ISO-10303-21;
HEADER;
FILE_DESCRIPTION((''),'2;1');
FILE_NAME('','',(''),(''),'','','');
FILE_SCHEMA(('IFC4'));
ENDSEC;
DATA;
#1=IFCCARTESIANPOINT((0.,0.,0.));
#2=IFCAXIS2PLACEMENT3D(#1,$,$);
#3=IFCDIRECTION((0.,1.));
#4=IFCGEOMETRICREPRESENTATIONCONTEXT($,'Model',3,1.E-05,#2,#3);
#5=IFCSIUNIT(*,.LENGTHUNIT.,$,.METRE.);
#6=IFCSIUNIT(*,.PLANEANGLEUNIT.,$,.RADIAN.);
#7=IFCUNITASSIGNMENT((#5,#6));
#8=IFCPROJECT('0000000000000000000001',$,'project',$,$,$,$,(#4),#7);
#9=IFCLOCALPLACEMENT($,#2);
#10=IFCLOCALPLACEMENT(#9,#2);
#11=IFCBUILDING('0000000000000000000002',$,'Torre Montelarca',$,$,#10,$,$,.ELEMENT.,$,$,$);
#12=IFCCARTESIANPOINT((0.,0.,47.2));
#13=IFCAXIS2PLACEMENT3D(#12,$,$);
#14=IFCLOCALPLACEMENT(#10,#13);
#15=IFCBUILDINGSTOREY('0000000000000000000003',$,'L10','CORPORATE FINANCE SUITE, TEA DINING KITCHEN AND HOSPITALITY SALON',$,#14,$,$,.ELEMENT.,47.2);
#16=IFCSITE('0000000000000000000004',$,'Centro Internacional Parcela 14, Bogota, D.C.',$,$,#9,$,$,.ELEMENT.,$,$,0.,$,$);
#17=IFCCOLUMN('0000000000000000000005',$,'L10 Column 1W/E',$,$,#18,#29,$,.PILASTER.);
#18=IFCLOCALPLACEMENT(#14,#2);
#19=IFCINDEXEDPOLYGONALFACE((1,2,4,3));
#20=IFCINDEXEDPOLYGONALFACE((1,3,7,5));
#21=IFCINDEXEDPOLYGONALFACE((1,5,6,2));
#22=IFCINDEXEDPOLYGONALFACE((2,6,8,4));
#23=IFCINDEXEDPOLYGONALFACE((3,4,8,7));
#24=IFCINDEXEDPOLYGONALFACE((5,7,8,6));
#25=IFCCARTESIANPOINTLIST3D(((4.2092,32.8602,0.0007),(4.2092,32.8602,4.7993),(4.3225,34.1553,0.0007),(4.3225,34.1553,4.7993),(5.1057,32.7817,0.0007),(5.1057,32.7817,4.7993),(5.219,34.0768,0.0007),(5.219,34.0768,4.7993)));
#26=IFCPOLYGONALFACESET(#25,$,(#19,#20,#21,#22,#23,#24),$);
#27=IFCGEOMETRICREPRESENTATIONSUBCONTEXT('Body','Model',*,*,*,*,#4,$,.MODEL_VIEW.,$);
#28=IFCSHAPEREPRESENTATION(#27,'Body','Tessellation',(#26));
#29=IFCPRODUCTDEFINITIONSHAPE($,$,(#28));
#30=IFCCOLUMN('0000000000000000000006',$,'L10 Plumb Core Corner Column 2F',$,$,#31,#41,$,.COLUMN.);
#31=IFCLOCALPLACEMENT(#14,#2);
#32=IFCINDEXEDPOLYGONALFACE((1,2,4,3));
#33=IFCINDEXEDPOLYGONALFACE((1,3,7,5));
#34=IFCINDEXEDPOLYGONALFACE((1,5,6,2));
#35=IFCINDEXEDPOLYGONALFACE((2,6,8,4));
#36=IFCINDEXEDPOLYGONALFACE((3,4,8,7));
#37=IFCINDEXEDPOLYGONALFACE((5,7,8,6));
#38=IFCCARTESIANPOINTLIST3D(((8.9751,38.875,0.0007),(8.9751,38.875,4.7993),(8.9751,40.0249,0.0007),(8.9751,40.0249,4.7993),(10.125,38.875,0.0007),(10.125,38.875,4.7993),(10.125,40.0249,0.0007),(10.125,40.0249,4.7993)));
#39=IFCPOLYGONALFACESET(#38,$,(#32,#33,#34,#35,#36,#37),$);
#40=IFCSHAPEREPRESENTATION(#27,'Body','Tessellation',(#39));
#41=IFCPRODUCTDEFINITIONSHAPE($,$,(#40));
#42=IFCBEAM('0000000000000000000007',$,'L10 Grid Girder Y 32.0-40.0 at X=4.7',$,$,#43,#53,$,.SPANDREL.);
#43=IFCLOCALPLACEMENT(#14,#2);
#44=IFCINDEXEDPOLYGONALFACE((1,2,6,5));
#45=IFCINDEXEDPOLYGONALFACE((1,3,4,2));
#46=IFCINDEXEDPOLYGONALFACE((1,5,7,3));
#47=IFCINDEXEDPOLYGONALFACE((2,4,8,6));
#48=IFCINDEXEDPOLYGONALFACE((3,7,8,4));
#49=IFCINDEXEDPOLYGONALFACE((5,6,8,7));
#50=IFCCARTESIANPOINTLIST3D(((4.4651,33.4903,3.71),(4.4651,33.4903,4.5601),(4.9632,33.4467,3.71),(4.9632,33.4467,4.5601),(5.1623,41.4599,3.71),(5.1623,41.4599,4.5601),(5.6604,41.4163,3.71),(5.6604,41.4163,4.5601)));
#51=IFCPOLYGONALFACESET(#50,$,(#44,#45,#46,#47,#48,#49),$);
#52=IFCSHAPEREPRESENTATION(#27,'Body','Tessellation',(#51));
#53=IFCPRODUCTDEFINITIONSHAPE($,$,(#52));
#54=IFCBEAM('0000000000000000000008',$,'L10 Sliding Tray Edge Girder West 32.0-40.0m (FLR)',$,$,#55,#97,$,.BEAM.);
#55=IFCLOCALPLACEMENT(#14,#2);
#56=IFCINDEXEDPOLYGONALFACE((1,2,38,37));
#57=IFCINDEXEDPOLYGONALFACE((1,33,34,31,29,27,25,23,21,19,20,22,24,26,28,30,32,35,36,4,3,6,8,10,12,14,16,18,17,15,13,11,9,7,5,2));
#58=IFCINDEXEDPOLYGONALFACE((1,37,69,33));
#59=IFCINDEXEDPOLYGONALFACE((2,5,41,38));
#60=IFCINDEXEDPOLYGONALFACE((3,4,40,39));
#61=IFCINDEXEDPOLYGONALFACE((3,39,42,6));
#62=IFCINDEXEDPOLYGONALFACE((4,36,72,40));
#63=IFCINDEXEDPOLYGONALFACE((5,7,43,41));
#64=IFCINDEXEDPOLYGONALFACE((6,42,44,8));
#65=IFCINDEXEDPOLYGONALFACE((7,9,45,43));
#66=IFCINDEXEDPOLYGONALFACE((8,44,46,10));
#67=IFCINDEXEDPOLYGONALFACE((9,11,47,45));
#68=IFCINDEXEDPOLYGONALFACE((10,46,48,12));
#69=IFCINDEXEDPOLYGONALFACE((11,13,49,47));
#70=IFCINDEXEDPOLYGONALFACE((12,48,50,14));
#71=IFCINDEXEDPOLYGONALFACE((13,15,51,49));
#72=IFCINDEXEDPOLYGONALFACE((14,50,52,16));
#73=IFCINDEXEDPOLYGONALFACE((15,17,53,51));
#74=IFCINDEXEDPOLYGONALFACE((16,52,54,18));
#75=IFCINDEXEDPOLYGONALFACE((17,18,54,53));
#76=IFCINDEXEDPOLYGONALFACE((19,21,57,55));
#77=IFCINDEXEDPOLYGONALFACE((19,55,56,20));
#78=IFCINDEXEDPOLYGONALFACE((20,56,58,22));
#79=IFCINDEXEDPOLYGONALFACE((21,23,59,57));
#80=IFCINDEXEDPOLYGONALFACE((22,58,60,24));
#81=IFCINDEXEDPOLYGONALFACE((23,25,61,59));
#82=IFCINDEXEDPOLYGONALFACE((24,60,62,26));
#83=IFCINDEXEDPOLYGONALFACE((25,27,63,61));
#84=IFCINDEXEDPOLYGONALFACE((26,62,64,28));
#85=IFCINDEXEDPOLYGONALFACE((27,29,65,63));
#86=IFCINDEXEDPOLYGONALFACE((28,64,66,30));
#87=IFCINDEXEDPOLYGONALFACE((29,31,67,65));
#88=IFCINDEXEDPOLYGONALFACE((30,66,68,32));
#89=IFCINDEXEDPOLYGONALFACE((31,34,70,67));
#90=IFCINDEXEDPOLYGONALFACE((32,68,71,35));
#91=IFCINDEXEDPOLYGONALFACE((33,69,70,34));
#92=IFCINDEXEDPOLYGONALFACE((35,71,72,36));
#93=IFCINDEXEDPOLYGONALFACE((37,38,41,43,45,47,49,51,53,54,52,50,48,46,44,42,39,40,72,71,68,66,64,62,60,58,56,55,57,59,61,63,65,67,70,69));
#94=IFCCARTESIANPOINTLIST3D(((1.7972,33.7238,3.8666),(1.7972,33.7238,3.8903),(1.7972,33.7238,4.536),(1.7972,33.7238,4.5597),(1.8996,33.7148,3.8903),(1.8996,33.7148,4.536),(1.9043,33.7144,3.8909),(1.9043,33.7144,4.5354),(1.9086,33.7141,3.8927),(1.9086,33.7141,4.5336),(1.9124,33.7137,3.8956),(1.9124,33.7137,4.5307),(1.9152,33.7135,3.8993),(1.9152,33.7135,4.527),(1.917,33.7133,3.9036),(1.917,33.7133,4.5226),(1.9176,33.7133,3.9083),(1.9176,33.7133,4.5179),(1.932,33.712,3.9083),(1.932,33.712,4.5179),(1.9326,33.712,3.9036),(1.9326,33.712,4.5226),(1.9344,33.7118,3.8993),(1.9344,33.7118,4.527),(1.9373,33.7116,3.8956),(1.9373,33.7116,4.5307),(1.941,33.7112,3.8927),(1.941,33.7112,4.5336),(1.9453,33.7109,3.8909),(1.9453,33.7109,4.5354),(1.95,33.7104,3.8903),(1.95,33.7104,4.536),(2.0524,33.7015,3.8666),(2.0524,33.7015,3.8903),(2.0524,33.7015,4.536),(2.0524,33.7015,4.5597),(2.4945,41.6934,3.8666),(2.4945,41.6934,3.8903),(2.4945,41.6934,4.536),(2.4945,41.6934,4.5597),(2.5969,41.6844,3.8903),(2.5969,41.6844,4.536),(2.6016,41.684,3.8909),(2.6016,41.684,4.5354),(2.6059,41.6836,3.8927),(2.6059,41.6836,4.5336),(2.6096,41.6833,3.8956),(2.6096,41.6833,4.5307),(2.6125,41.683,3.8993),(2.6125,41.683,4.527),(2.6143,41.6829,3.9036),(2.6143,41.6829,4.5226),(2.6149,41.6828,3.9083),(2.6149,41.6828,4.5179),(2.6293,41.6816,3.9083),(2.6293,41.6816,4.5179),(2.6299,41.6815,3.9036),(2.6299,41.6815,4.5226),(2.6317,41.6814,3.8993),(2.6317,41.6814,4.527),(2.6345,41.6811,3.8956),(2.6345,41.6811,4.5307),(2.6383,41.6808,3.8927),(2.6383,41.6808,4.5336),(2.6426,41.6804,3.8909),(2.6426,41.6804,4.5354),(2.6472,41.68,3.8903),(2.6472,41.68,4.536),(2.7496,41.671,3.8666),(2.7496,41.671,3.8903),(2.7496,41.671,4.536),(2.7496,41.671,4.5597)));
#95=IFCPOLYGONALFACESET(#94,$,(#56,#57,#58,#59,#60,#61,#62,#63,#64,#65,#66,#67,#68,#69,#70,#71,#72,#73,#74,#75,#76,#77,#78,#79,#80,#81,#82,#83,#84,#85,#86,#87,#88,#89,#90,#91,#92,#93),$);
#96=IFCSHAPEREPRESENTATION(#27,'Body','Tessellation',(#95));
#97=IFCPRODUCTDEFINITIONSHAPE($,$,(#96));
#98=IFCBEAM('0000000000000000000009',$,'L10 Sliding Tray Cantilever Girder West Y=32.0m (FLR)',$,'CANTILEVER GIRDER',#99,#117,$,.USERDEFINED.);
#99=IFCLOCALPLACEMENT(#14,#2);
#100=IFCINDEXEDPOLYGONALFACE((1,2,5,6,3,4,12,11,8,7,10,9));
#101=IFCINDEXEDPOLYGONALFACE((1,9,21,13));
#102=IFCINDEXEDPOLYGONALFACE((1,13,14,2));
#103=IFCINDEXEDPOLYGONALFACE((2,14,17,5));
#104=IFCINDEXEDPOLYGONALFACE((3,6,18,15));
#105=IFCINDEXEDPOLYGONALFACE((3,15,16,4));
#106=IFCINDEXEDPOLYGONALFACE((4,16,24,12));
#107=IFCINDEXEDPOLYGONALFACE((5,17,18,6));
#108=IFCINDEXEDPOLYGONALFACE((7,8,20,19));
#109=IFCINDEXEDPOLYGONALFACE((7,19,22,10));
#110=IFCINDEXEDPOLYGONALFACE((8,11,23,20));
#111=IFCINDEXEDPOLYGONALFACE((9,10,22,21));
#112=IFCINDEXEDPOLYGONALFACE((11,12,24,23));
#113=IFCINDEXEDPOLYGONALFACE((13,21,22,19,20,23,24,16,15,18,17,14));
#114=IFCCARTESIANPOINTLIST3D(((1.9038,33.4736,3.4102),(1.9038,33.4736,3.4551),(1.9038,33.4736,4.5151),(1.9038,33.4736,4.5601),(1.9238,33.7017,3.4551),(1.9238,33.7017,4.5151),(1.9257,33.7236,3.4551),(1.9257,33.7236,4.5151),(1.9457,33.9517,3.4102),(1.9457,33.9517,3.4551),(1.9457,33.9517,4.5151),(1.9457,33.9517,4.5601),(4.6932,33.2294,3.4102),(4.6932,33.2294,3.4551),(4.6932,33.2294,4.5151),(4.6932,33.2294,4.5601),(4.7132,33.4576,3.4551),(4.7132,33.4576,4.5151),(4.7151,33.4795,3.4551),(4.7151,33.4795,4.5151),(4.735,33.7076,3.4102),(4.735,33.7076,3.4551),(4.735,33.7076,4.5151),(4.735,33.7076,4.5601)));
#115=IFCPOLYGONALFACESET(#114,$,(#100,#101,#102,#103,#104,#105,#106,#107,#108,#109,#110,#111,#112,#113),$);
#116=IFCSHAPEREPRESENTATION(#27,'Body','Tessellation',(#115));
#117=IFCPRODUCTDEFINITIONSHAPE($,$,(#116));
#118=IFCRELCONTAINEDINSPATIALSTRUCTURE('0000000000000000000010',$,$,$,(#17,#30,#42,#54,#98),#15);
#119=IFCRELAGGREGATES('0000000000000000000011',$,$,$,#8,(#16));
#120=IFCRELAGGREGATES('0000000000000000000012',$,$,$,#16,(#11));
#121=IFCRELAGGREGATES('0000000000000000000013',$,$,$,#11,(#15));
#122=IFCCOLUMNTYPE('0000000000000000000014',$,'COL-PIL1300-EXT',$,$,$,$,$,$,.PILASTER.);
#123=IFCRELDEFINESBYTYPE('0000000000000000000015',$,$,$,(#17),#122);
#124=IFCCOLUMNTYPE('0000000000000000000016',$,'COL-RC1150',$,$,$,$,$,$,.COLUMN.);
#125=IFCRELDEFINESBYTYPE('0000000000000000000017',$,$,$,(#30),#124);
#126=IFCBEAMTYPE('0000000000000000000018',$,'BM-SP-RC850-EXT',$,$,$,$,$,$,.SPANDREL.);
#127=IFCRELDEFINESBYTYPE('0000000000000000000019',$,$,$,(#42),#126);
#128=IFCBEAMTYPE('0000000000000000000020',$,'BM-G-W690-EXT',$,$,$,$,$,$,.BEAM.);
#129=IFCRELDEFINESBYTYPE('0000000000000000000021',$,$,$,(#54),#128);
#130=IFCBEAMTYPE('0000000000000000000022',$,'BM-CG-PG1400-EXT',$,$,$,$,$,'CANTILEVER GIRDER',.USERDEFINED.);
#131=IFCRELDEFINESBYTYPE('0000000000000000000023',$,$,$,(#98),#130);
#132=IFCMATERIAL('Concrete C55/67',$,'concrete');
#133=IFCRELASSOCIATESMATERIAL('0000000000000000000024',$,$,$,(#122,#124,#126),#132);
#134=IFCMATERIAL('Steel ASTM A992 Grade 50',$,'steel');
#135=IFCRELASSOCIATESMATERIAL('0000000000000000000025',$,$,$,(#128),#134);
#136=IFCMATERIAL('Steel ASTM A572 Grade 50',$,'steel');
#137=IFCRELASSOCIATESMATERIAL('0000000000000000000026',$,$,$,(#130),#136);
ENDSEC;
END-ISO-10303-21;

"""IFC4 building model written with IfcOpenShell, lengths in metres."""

from ifc_helpers import new_model, si_unit, direction, frame, origin, origin_2d, place, context, subcontext, project, spatial, rectangle, i_section, extrude, source, transform, mapped, material, material_profile, profile_set, type_object, element, save


model = new_model("IFC4")

# Units and contexts
model_context = context("Model", 3, precision=1e-05, world=origin(), true_north=direction((0.0, 1.0)))
body_context = subcontext(model_context, "Body", "Model", "MODEL_VIEW")
ifc_project = project(units=[si_unit("LENGTHUNIT", "METRE"), si_unit("PLANEANGLEUNIT", "RADIAN")], contexts=[model_context])

# Site, building, storey
site_placement = place(None, origin())
site = spatial("IfcSite", under=ifc_project, at=site_placement, Name="Centro Internacional Parcela 14, Bogota, D.C.", CompositionType="ELEMENT", RefElevation=0.0)
building_placement = place(site_placement, origin())
building = spatial("IfcBuilding", under=site, at=building_placement, Name="Torre Montelarca", CompositionType="ELEMENT")
storey_placement = place(building_placement, frame((0.0, 0.0, 47.2)))
storey = spatial("IfcBuildingStorey", under=building, at=storey_placement, Name="L10", Description="CORPORATE FINANCE SUITE, TEA DINING KITCHEN AND HOSPITALITY SALON", CompositionType="ELEMENT", Elevation=47.2)

# Columns
ifc_material_1 = material(Name="Concrete C55/67", Category="concrete")
ifc_material_profile_1 = material_profile(ifc_material_1, rectangle(XDim=0.8999, YDim=1.3, at=origin_2d()), Name="RC1300X900", Category="concrete")
ifc_profile_set_1 = profile_set([ifc_material_profile_1], Name="Concrete C55/67")
column_type_1 = type_object("IfcColumnType", Name="COL-PIL1300-EXT", PredefinedType="PILASTER", material=ifc_profile_set_1)
shared_shape_1 = source(origin(), body_context, "Body", "SweptSolid", [
    extrude(rectangle(XDim=0.8999, YDim=1.3, at=origin_2d()), origin(), (0.0, 0.0, 1.0), 4.7986),
])
column_1_placement = place(storey_placement, frame((4.7141, 33.4685, 0.0007), z_axis=(0.0, 0.0, 1.0), x_axis=(-0.996195, 0.087156, 0.0)))
element("IfcColumn", 1, at=column_1_placement, inside=storey, type_object=column_type_1, Name="L10 Column 1W/E", PredefinedType="PILASTER", context=body_context, shape_type="MappedRepresentation", body=[
    mapped(shared_shape_1, transform((0.0, 0.0, 0.0), scale=1.0)),
])
ifc_material_profile_2 = material_profile(ifc_material_1, rectangle(XDim=1.1499, YDim=1.1499, at=origin_2d()), Name="RC1150X1150", Category="concrete")
ifc_profile_set_2 = profile_set([ifc_material_profile_2], Name="Concrete C55/67")
column_type_2 = type_object("IfcColumnType", Name="COL-RC1150", PredefinedType="COLUMN", material=ifc_profile_set_2)
shared_shape_2 = source(origin(), body_context, "Body", "SweptSolid", [
    extrude(rectangle(XDim=1.1499, YDim=1.1499, at=origin_2d()), origin(), (0.0, 0.0, 1.0), 4.7986),
])
column_2_placement = place(storey_placement, frame((9.55, 39.45, 0.0007), z_axis=(0.0, 0.0, 1.0), x_axis=(1.0, 0.0, 0.0)))
element("IfcColumn", 2, at=column_2_placement, inside=storey, type_object=column_type_2, Name="L10 Plumb Core Corner Column 2F", PredefinedType="COLUMN", context=body_context, shape_type="MappedRepresentation", body=[
    mapped(shared_shape_2, transform((0.0, 0.0, 0.0), scale=1.0)),
])

# Beams
ifc_material_profile_3 = material_profile(ifc_material_1, rectangle(XDim=0.5, YDim=0.8501, at=origin_2d()), Name="RCB500X850", Category="concrete")
ifc_profile_set_3 = profile_set([ifc_material_profile_3], Name="Concrete C55/67")
beam_type_1 = type_object("IfcBeamType", Name="BM-SP-RC850-EXT", PredefinedType="SPANDREL", material=ifc_profile_set_3)
shared_shape_3 = source(origin(), body_context, "Body", "SweptSolid", [
    extrude(rectangle(XDim=0.5, YDim=0.8501, at=origin_2d()), origin(), (0.0, 0.0, 1.0), 8.0),
])
beam_1_placement = place(storey_placement, frame((4.7141, 33.4685, 4.135), z_axis=(0.087159, 0.996194, 0.0), x_axis=(-0.996194, 0.087159, 0.0)))
element("IfcBeam", 3, at=beam_1_placement, inside=storey, type_object=beam_type_1, Name="L10 Grid Girder Y 32.0-40.0 at X=4.7", PredefinedType="SPANDREL", context=body_context, shape_type="MappedRepresentation", body=[
    mapped(shared_shape_3, transform((0.0, 0.0, 0.0), scale=1.0)),
])
ifc_material_2 = material(Name="Steel ASTM A992 Grade 50", Category="steel")
ifc_material_profile_4 = material_profile(ifc_material_2, i_section(OverallWidth=0.2561, OverallDepth=0.6931, WebThickness=0.0144, FlangeThickness=0.0237, FilletRadius=0.0181, at=origin_2d()), Name="W690X170", Category="steel")
ifc_profile_set_4 = profile_set([ifc_material_profile_4], Name="Steel ASTM A992 Grade 50")
beam_type_2 = type_object("IfcBeamType", Name="BM-G-W690-EXT", PredefinedType="BEAM", material=ifc_profile_set_4)
shared_shape_4 = source(origin(), body_context, "Body", "SweptSolid", [
    extrude(i_section(OverallWidth=0.2561, OverallDepth=0.6931, WebThickness=0.0144, FlangeThickness=0.0237, FilletRadius=0.0181, at=origin_2d()), origin(), (0.0, 0.0, 1.0), 8.0),
])
beam_2_placement = place(storey_placement, frame((1.9248, 33.7126, 4.2131), z_axis=(0.087159, 0.996194, 0.0), x_axis=(-0.996194, 0.087159, 0.0)))
element("IfcBeam", 4, at=beam_2_placement, inside=storey, type_object=beam_type_2, Name="L10 Sliding Tray Edge Girder West 32.0-40.0m (FLR)", PredefinedType="BEAM", context=body_context, shape_type="MappedRepresentation", body=[
    mapped(shared_shape_4, transform((0.0, 0.0, 0.0), scale=1.0)),
])
ifc_material_3 = material(Name="Steel ASTM A572 Grade 50", Category="steel")
ifc_material_profile_5 = material_profile(ifc_material_3, i_section(OverallWidth=0.48, OverallDepth=1.1499, WebThickness=0.022, FlangeThickness=0.0449, at=origin_2d()), Name="PG1150X480X22X45", Category="steel")
ifc_profile_set_5 = profile_set([ifc_material_profile_5], Name="Steel ASTM A572 Grade 50")
beam_type_3 = type_object("IfcBeamType", Name="BM-CG-PG1400-EXT", ElementType="CANTILEVER GIRDER", PredefinedType="USERDEFINED", material=ifc_profile_set_5)
shared_shape_5 = source(origin(), body_context, "Body", "SweptSolid", [
    extrude(i_section(OverallWidth=0.48, OverallDepth=1.1499, WebThickness=0.022, FlangeThickness=0.0449, at=origin_2d()), origin(), (0.0, 0.0, 1.0), 2.8),
])
beam_3_placement = place(storey_placement, frame((4.7141, 33.4685, 3.9851), z_axis=(-0.996191, 0.087194, 0.0), x_axis=(-0.087194, -0.996191, 0.0)))
element("IfcBeam", 5, at=beam_3_placement, inside=storey, type_object=beam_type_3, Name="L10 Sliding Tray Cantilever Girder West Y=32.0m (FLR)", ObjectType="CANTILEVER GIRDER", PredefinedType="USERDEFINED", context=body_context, shape_type="MappedRepresentation", body=[
    mapped(shared_shape_5, transform((0.0, 0.0, 0.0), scale=1.0)),
])

save(model, "model.ifc")
